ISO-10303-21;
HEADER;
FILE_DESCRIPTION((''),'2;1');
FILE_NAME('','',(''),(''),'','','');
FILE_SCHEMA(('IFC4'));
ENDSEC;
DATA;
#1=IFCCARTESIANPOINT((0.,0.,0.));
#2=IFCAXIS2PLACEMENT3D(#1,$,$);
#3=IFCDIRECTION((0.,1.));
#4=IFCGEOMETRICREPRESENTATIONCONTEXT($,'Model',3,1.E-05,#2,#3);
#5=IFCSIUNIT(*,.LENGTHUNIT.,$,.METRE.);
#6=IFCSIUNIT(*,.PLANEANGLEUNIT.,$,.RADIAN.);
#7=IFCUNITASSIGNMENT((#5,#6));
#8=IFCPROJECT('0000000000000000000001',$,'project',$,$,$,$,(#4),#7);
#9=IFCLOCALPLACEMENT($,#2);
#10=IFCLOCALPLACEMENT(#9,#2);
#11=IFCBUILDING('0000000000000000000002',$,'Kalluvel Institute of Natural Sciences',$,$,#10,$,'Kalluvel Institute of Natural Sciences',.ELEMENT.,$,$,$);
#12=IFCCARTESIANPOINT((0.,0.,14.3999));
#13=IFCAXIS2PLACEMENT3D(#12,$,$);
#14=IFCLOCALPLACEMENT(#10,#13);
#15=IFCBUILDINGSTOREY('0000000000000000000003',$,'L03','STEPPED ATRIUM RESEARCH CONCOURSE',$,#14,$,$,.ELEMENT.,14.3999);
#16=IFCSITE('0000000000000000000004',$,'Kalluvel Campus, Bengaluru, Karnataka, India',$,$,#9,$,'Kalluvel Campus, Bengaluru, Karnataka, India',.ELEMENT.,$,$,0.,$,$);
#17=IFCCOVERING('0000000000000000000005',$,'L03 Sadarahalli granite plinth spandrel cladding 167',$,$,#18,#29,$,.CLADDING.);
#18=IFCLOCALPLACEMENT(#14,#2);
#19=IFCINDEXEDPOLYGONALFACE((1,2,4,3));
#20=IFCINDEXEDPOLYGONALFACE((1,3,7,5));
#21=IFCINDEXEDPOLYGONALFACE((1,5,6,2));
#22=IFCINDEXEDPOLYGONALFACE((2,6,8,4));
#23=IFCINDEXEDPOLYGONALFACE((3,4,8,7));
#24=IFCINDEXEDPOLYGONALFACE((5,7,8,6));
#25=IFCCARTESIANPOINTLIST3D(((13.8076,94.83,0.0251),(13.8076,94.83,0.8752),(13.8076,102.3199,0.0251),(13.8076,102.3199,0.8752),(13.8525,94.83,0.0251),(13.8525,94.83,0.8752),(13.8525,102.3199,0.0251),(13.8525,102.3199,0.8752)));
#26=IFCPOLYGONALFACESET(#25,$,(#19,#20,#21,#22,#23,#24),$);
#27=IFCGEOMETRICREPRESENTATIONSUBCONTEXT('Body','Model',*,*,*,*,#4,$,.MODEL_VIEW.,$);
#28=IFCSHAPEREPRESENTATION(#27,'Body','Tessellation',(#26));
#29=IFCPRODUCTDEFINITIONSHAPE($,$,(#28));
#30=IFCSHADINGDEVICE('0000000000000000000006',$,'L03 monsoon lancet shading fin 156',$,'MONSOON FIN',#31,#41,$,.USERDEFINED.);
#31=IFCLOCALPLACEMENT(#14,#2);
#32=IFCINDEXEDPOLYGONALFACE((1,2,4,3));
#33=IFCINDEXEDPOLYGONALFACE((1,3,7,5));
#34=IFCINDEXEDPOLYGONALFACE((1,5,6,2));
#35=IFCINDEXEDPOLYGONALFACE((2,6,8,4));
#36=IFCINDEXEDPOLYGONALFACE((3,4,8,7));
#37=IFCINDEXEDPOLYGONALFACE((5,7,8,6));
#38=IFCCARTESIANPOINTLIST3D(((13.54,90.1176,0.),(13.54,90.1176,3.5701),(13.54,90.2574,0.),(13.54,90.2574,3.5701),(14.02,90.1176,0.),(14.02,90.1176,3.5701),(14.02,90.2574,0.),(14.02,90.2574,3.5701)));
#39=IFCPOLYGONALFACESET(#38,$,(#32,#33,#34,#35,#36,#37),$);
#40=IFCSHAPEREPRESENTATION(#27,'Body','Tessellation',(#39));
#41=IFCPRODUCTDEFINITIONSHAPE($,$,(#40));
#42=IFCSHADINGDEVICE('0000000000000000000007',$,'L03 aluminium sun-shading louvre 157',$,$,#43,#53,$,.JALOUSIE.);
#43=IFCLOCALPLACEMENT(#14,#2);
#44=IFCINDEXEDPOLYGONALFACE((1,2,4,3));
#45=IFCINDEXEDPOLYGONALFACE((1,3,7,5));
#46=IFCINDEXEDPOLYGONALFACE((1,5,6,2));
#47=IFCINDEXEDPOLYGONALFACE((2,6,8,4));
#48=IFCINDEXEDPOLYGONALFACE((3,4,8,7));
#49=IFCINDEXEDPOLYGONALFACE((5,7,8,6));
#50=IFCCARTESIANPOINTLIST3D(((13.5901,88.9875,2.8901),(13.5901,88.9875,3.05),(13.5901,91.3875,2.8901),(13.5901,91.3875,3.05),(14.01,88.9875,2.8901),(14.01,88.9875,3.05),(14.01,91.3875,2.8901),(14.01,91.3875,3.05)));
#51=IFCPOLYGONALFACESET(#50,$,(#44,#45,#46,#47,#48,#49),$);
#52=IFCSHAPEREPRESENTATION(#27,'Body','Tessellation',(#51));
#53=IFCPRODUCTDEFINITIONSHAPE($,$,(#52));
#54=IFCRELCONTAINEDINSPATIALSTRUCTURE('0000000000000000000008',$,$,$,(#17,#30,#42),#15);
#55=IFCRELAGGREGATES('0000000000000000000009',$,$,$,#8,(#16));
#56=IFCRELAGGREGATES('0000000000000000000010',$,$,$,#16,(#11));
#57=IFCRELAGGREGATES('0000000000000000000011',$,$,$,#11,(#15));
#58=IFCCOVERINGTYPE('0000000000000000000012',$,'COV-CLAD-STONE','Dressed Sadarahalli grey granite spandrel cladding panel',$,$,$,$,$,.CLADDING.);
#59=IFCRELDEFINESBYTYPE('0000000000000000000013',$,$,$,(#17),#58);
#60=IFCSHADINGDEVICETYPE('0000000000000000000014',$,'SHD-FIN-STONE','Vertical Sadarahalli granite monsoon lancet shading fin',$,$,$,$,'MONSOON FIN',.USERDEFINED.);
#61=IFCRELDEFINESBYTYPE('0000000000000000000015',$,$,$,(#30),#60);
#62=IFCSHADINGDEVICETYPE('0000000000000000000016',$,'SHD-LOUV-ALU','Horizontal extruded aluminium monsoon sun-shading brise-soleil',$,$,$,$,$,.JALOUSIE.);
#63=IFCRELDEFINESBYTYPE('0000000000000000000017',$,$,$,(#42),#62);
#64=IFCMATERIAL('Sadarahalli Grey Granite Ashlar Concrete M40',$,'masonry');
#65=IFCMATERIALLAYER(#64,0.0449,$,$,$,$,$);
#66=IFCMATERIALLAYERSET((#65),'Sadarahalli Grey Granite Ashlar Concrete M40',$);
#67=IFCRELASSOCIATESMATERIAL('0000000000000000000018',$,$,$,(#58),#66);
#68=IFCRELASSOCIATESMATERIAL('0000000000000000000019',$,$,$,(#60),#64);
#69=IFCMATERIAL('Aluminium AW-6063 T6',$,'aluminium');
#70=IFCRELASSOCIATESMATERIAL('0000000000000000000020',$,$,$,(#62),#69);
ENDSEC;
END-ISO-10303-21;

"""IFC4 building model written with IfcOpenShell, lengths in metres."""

from ifc_helpers import new_model, si_unit, direction, frame, origin, origin_2d, place, context, subcontext, project, spatial, rectangle, extrude, material, layer, layer_set, type_object, element, save


model = new_model("IFC4")

# Units and contexts
model_context = context("Model", 3, precision=1e-05, world=origin(), true_north=direction((0.0, 1.0)))
body_context = subcontext(model_context, "Body", "Model", "MODEL_VIEW")
ifc_project = project(units=[si_unit("LENGTHUNIT", "METRE"), si_unit("PLANEANGLEUNIT", "RADIAN")], contexts=[model_context])

# Site, building, storey
site_placement = place(None, origin())
site = spatial("IfcSite", under=ifc_project, at=site_placement, Name="Kalluvel Campus, Bengaluru, Karnataka, India", LongName="Kalluvel Campus, Bengaluru, Karnataka, India", CompositionType="ELEMENT", RefElevation=0.0)
building_placement = place(site_placement, origin())
building = spatial("IfcBuilding", under=site, at=building_placement, Name="Kalluvel Institute of Natural Sciences", LongName="Kalluvel Institute of Natural Sciences", CompositionType="ELEMENT")
storey_placement = place(building_placement, frame((0.0, 0.0, 14.3999)))
storey = spatial("IfcBuildingStorey", under=building, at=storey_placement, Name="L03", Description="STEPPED ATRIUM RESEARCH CONCOURSE", CompositionType="ELEMENT", Elevation=14.3999)

# Shared definitions
ifc_material_1 = material(Name="Aluminium AW-6063 T6", Category="aluminium")

# Covering
ifc_material_2 = material(Name="Sadarahalli Grey Granite Ashlar Concrete M40", Category="masonry")
ifc_layer_1 = layer(ifc_material_2, 0.0449)
ifc_layer_set_1 = layer_set([ifc_layer_1], Name="Sadarahalli Grey Granite Ashlar Concrete M40")
covering_type = type_object("IfcCoveringType", Name="COV-CLAD-STONE", Description="Dressed Sadarahalli grey granite spandrel cladding panel", PredefinedType="CLADDING", material=ifc_layer_set_1)
covering_placement = place(storey_placement, frame((13.8301, 98.575, 0.0251), z_axis=(0.0, 0.0, 1.0), x_axis=(0.0, 1.0, 0.0)))
element("IfcCovering", 1, at=covering_placement, inside=storey, type_object=covering_type, Name="L03 Sadarahalli granite plinth spandrel cladding 167", PredefinedType="CLADDING", context=body_context, shape_type="SweptSolid", body=[
    extrude(rectangle(XDim=7.49, YDim=0.0449, at=origin_2d()), origin(), (0.0, 0.0, 1.0), 0.8501),
])

# Shading devices
shading_device_type_1 = type_object("IfcShadingDeviceType", Name="SHD-FIN-STONE", Description="Vertical Sadarahalli granite monsoon lancet shading fin", ElementType="MONSOON FIN", PredefinedType="USERDEFINED", material=ifc_material_2)
shading_device_1_placement = place(storey_placement, frame((13.78, 90.1875, 0.0), z_axis=(0.0, 0.0, 1.0), x_axis=(0.0, 1.0, 0.0)))
element("IfcShadingDevice", 2, at=shading_device_1_placement, inside=storey, type_object=shading_device_type_1, Name="L03 monsoon lancet shading fin 156", ObjectType="MONSOON FIN", PredefinedType="USERDEFINED", context=body_context, shape_type="SweptSolid", body=[
    extrude(rectangle(XDim=0.1399, YDim=0.48, at=origin_2d()), origin(), (0.0, 0.0, 1.0), 3.5701),
])
shading_device_type_2 = type_object("IfcShadingDeviceType", Name="SHD-LOUV-ALU", Description="Horizontal extruded aluminium monsoon sun-shading brise-soleil", PredefinedType="JALOUSIE", material=ifc_material_1)
shading_device_2_placement = place(storey_placement, frame((13.8, 90.1875, 2.8901), z_axis=(0.0, 0.0, 1.0), x_axis=(0.0, 1.0, 0.0)))
element("IfcShadingDevice", 3, at=shading_device_2_placement, inside=storey, type_object=shading_device_type_2, Name="L03 aluminium sun-shading louvre 157", PredefinedType="JALOUSIE", context=body_context, shape_type="SweptSolid", body=[
    extrude(rectangle(XDim=2.3999, YDim=0.4199, at=origin_2d()), origin(), (0.0, 0.0, 1.0), 0.1599),
])

save(model, "model.ifc")
